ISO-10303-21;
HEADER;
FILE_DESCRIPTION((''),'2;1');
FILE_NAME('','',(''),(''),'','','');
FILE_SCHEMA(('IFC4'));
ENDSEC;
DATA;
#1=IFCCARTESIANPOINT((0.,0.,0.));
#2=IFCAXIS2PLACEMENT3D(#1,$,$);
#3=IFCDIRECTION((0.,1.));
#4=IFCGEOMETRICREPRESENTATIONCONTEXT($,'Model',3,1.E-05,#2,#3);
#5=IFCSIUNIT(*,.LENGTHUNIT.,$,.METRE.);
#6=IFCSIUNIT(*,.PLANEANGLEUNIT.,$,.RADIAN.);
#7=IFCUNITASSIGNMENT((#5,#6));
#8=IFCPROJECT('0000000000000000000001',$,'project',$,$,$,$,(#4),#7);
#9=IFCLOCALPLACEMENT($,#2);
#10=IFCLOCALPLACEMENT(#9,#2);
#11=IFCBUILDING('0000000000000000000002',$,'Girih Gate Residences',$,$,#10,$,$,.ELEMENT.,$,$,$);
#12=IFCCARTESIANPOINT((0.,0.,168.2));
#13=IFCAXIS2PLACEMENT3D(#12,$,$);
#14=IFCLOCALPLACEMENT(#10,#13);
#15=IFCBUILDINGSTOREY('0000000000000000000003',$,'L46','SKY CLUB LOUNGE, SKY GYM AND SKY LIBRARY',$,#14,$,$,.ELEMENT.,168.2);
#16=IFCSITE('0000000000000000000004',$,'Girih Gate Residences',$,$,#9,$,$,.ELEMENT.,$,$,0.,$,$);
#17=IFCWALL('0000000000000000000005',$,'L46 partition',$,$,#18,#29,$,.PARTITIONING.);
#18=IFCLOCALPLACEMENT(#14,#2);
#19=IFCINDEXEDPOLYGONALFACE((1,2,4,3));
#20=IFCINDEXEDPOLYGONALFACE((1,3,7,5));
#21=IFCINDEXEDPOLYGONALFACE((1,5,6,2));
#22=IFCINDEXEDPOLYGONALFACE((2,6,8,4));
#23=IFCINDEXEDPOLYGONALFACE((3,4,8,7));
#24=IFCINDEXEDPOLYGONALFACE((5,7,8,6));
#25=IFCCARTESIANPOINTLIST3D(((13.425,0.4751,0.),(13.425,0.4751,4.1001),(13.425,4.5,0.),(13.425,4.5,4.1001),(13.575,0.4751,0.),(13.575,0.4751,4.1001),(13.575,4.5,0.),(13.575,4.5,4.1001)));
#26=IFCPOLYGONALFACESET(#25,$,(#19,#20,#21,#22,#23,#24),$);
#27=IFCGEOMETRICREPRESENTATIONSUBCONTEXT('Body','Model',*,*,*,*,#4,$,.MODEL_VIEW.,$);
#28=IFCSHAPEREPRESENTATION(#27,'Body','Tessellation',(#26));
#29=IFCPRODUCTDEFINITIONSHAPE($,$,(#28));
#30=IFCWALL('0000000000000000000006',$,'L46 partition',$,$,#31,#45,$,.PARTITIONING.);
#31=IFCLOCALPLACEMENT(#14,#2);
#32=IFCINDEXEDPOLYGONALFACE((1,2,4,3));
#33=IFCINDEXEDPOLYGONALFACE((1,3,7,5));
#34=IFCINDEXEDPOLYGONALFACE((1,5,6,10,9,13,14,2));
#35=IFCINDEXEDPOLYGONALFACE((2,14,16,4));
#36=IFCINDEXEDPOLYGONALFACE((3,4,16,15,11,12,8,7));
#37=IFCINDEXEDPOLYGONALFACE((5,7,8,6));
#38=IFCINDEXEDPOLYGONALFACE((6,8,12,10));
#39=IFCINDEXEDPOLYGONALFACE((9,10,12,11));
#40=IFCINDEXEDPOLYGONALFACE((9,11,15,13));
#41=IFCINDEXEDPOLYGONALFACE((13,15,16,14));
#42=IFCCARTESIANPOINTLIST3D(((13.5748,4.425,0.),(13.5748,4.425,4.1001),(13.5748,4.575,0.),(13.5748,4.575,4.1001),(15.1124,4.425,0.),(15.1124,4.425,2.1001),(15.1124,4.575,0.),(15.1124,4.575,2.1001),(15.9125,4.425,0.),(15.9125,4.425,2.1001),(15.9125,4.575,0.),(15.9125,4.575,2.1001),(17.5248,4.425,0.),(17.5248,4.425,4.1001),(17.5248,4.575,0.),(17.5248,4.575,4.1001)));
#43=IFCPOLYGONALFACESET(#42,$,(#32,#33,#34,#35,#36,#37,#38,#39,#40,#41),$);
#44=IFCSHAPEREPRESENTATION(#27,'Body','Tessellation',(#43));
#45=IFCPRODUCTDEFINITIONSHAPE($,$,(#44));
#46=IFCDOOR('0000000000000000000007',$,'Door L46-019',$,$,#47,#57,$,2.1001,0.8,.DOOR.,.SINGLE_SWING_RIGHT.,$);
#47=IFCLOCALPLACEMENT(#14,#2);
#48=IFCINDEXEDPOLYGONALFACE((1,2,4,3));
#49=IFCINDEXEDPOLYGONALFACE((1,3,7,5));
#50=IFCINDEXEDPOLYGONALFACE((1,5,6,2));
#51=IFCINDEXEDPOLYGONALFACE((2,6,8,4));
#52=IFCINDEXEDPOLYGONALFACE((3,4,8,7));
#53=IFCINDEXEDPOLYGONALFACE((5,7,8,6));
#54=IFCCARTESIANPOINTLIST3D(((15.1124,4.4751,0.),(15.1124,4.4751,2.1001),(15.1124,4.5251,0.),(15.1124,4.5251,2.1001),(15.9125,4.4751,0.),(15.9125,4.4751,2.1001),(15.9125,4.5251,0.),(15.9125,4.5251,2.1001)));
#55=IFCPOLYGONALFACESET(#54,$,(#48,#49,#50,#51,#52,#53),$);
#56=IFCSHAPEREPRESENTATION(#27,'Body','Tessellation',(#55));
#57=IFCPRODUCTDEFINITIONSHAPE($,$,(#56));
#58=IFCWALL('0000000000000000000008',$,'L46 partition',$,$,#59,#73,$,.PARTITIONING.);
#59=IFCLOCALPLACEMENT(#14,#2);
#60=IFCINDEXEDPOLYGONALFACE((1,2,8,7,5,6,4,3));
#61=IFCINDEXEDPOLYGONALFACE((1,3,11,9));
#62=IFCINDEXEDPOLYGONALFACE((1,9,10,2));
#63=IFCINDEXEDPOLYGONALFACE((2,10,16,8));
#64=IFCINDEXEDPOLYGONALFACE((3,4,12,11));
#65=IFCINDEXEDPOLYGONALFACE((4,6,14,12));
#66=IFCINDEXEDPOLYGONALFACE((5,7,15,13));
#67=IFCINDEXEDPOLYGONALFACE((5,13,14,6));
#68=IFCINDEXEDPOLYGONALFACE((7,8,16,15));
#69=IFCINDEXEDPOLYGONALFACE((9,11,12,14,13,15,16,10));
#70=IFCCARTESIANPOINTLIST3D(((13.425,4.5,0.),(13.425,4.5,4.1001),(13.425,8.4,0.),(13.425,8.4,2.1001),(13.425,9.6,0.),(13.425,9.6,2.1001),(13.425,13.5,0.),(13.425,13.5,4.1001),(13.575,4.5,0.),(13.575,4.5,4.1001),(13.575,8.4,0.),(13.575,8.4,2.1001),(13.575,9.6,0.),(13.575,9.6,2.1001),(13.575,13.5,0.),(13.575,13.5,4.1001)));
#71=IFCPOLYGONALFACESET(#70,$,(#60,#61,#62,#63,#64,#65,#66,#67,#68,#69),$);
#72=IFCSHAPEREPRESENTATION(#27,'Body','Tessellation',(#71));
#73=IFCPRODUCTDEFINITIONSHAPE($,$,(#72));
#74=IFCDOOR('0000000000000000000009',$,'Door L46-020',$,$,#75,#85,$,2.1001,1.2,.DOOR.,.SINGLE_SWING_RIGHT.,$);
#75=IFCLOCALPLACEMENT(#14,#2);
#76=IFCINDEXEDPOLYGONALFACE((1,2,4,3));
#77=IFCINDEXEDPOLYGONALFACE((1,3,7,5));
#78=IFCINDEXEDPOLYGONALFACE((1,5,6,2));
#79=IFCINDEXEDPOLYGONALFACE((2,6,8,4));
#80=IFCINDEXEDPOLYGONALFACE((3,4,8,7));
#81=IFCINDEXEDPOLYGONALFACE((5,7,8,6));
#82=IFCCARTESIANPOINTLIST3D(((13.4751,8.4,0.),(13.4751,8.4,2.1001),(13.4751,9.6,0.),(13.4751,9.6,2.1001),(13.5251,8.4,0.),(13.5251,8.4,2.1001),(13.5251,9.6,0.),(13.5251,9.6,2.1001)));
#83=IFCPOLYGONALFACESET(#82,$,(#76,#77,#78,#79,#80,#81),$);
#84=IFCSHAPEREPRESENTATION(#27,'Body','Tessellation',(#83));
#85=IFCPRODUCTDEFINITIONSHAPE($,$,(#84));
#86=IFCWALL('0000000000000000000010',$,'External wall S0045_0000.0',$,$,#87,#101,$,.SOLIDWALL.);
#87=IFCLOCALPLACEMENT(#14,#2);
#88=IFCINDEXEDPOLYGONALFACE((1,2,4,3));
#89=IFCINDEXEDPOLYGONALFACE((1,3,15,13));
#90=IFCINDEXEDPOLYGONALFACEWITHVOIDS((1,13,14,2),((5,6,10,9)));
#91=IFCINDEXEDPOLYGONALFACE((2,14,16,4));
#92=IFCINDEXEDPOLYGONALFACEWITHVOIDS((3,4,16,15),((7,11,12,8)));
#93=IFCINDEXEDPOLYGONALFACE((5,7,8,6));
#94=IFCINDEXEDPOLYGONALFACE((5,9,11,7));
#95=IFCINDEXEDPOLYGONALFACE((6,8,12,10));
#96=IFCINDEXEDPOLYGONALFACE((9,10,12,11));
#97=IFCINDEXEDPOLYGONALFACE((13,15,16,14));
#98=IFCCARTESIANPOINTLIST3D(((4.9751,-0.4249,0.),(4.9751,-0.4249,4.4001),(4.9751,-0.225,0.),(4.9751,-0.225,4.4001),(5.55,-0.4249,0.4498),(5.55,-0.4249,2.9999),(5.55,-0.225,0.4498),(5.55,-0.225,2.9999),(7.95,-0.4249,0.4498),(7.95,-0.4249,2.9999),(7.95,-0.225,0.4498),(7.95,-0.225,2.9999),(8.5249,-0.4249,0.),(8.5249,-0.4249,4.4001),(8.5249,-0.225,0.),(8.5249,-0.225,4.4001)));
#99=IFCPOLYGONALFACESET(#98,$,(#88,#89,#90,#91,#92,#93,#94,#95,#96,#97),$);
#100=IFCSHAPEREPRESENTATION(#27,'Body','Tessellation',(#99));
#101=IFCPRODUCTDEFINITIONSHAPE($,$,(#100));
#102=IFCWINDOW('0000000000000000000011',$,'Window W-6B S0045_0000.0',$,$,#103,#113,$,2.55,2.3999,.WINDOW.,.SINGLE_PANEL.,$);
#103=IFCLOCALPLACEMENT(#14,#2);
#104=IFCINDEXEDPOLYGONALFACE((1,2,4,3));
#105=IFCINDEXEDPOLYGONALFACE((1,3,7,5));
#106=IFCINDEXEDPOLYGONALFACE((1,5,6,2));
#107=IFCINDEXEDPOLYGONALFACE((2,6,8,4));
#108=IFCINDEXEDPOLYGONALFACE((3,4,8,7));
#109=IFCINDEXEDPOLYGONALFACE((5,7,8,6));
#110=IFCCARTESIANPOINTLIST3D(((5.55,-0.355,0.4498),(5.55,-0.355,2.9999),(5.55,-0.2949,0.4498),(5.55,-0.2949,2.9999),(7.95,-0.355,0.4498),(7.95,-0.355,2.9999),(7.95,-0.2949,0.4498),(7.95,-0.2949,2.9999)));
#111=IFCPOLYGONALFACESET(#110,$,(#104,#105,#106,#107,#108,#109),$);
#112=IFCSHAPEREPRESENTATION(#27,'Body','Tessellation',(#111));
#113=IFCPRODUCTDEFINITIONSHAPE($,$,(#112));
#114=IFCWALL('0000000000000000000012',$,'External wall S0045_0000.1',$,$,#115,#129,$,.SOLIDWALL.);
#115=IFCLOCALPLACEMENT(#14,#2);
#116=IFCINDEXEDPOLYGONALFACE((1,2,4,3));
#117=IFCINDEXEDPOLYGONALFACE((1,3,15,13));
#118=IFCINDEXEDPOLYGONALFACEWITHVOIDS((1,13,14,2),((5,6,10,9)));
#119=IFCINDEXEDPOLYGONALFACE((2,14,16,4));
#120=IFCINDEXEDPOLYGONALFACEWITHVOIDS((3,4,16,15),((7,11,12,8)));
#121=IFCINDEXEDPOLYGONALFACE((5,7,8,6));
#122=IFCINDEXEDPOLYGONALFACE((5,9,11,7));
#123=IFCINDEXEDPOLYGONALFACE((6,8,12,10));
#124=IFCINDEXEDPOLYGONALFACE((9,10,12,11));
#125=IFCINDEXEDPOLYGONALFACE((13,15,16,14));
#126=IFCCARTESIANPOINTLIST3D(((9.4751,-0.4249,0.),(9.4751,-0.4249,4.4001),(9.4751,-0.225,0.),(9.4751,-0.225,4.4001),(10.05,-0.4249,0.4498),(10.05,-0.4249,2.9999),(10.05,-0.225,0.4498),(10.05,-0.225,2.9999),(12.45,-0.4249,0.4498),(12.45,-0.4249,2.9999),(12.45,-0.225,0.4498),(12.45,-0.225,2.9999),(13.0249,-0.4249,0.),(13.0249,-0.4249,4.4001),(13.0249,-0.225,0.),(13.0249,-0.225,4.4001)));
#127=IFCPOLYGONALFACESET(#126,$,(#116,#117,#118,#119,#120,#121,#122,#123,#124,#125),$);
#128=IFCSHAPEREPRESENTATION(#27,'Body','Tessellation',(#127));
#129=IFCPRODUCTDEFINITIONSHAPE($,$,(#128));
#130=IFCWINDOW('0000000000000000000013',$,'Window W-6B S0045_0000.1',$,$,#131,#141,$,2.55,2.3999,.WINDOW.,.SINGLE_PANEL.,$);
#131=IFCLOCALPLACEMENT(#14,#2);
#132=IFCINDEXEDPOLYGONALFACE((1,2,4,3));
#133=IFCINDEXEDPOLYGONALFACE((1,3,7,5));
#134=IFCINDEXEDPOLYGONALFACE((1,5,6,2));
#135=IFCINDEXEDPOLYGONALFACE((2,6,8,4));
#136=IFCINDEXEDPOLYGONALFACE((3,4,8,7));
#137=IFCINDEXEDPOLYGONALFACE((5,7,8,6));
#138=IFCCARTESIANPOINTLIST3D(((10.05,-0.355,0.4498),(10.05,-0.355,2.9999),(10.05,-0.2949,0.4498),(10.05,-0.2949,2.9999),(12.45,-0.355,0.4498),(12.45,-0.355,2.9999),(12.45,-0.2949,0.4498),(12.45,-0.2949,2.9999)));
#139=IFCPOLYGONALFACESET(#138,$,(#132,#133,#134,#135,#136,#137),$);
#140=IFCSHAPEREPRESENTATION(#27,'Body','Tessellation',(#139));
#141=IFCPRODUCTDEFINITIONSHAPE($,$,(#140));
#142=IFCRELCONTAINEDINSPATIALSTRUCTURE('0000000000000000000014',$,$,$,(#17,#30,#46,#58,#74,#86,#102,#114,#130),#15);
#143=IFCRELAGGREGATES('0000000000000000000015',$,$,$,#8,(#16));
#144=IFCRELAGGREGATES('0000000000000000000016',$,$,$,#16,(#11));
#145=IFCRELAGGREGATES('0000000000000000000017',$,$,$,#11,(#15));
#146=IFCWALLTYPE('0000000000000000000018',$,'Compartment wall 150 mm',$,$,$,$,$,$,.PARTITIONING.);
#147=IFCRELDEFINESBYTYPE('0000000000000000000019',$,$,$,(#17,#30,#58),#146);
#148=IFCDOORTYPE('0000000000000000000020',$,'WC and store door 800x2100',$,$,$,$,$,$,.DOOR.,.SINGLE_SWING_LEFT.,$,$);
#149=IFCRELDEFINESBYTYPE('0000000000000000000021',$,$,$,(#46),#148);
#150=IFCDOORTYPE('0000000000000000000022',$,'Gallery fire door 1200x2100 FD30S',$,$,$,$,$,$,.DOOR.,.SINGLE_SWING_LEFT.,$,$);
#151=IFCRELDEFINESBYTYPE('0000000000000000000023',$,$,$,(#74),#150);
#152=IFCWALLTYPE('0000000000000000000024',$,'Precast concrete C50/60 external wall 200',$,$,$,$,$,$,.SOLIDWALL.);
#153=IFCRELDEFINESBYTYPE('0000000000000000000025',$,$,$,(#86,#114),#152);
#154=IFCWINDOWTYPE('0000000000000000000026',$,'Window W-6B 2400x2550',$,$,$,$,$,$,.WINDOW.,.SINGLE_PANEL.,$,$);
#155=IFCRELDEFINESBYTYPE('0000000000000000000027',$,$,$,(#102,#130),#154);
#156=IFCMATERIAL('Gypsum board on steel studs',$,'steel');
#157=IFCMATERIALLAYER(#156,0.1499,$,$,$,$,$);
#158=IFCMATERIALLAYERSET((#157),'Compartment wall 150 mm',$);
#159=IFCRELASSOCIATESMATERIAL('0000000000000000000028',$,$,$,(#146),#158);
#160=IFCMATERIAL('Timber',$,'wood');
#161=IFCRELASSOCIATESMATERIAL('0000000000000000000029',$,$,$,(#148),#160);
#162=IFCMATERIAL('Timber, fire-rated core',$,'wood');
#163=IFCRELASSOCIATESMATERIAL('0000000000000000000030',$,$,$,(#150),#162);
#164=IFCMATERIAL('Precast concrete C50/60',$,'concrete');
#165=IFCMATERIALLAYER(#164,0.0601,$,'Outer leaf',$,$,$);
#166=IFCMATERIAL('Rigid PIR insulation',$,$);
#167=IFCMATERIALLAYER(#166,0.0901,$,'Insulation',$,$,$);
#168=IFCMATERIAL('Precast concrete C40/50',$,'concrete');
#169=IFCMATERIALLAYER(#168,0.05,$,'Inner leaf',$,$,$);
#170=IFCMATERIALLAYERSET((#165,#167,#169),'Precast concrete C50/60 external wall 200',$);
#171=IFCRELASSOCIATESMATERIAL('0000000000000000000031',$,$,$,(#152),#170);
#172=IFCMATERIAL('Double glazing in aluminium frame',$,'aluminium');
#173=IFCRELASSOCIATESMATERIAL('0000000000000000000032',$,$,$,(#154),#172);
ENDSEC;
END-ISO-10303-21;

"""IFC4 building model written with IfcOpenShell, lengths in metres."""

from ifc_helpers import new_model, si_unit, direction, frame, frame_2d, origin, place, context, subcontext, project, spatial, rectangle, extrude, material, layer, layer_set, type_object, element, fill, save


model = new_model("IFC4")

# Units and contexts
model_context = context("Model", 3, precision=1e-05, world=origin(), true_north=direction((0.0, 1.0)))
body_context = subcontext(model_context, "Body", "Model", "MODEL_VIEW")
ifc_project = project(units=[si_unit("LENGTHUNIT", "METRE"), si_unit("PLANEANGLEUNIT", "RADIAN")], contexts=[model_context])

# Site, building, storey
site_placement = place(None, origin())
site = spatial("IfcSite", under=ifc_project, at=site_placement, Name="Girih Gate Residences", CompositionType="ELEMENT", RefElevation=0.0)
building_placement = place(site_placement, origin())
building = spatial("IfcBuilding", under=site, at=building_placement, Name="Girih Gate Residences", CompositionType="ELEMENT")
storey_placement = place(building_placement, frame((0.0, 0.0, 168.2)))
storey = spatial("IfcBuildingStorey", under=building, at=storey_placement, Name="L46", Description="SKY CLUB LOUNGE, SKY GYM AND SKY LIBRARY", CompositionType="ELEMENT", Elevation=168.2)

# Wall
ifc_material_1 = material(Name="Gypsum board on steel studs", Category="steel")
ifc_layer_1 = layer(ifc_material_1, 0.1499)
ifc_layer_set_1 = layer_set([ifc_layer_1], Name="Compartment wall 150 mm")
wall_type_1 = type_object("IfcWallType", Name="Compartment wall 150 mm", PredefinedType="PARTITIONING", material=ifc_layer_set_1)
wall_1_placement = place(storey_placement, frame((13.5, 0.4751, 0.0), z_axis=(0.0, 0.0, 1.0), x_axis=(0.0, 1.0, 0.0)))
element("IfcWall", 1, at=wall_1_placement, inside=storey, type_object=wall_type_1, Name="L46 partition", PredefinedType="PARTITIONING", context=body_context, shape_type="SweptSolid", body=[
    extrude(rectangle(XDim=4.0249, YDim=0.1499, at=frame_2d((2.0125, 0.0))), origin(), (0.0, 0.0, 1.0), 4.1001),
])

# Walls, openings, doors
wall_2_placement = place(storey_placement, frame((17.5249, 4.5, 0.0), z_axis=(0.0, 0.0, 1.0), x_axis=(-1.0, 0.0, 0.0)))
wall_2 = element("IfcWall", 2, at=wall_2_placement, inside=storey, type_object=wall_type_1, Name="L46 partition", PredefinedType="PARTITIONING", context=body_context, shape_type="SweptSolid", body=[
    extrude(rectangle(XDim=3.95, YDim=0.1499, at=frame_2d((1.9751, 0.0))), origin(), (0.0, 0.0, 1.0), 4.1001),
])
opening_1_placement = place(wall_2_placement, frame((1.6125, 0.0, 0.0)))
opening_1 = element("IfcOpeningElement", 3, at=opening_1_placement, cuts=wall_2, PredefinedType="OPENING", context=body_context, shape_type="SweptSolid", body=[
    extrude(rectangle(XDim=0.8, YDim=2.1001, at=frame_2d((0.3999, 1.05))), frame((0.0, 0.085, 0.0), z_axis=(0.0, -1.0, 0.0), x_axis=(1.0, 0.0, 0.0)), (0.0, 0.0, 1.0), 0.1699),
])
ifc_material_2 = material(Name="Timber", Category="wood")
door_type_1 = type_object("IfcDoorType", Name="WC and store door 800x2100", OperationType="SINGLE_SWING_LEFT", PredefinedType="DOOR", material=ifc_material_2)
door_1_placement = place(opening_1_placement, origin())
door_1 = element("IfcDoor", 4, at=door_1_placement, inside=storey, type_object=door_type_1, Name="Door L46-019", OperationType="SINGLE_SWING_RIGHT", OverallHeight=2.1001, OverallWidth=0.8, PredefinedType="DOOR", context=body_context, shape_type="SweptSolid", body=[
    extrude(rectangle(XDim=0.8, YDim=2.1001, at=frame_2d((0.3999, 1.05))), frame((0.0, 0.0249, 0.0), z_axis=(0.0, -1.0, 0.0), x_axis=(1.0, 0.0, 0.0)), (0.0, 0.0, 1.0), 0.05),
])
fill(opening_1, door_1)
wall_3_placement = place(storey_placement, frame((13.5, 4.5, 0.0), z_axis=(0.0, 0.0, 1.0), x_axis=(0.0, 1.0, 0.0)))
wall_3 = element("IfcWall", 5, at=wall_3_placement, inside=storey, type_object=wall_type_1, Name="L46 partition", PredefinedType="PARTITIONING", context=body_context, shape_type="SweptSolid", body=[
    extrude(rectangle(XDim=9.0, YDim=0.1499, at=frame_2d((4.5, 0.0))), origin(), (0.0, 0.0, 1.0), 4.1001),
])
opening_2_placement = place(wall_3_placement, frame((3.8999, 0.0, 0.0)))
opening_2 = element("IfcOpeningElement", 6, at=opening_2_placement, cuts=wall_3, PredefinedType="OPENING", context=body_context, shape_type="SweptSolid", body=[
    extrude(rectangle(XDim=1.2, YDim=2.1001, at=frame_2d((0.6001, 1.05))), frame((0.0, 0.085, 0.0), z_axis=(0.0, -1.0, 0.0), x_axis=(1.0, 0.0, 0.0)), (0.0, 0.0, 1.0), 0.1699),
])
ifc_material_3 = material(Name="Timber, fire-rated core", Category="wood")
door_type_2 = type_object("IfcDoorType", Name="Gallery fire door 1200x2100 FD30S", OperationType="SINGLE_SWING_LEFT", PredefinedType="DOOR", material=ifc_material_3)
door_2_placement = place(opening_2_placement, origin())
door_2 = element("IfcDoor", 7, at=door_2_placement, inside=storey, type_object=door_type_2, Name="Door L46-020", OperationType="SINGLE_SWING_RIGHT", OverallHeight=2.1001, OverallWidth=1.2, PredefinedType="DOOR", context=body_context, shape_type="SweptSolid", body=[
    extrude(rectangle(XDim=1.2, YDim=2.1001, at=frame_2d((0.6001, 1.05))), frame((0.0, 0.0249, 0.0), z_axis=(0.0, -1.0, 0.0), x_axis=(1.0, 0.0, 0.0)), (0.0, 0.0, 1.0), 0.05),
])
fill(opening_2, door_2)

# Walls, openings, windows
ifc_material_4 = material(Name="Precast concrete C50/60", Category="concrete")
ifc_layer_2 = layer(ifc_material_4, 0.0601, Name="Outer leaf")
ifc_material_5 = material(Name="Rigid PIR insulation")
ifc_layer_3 = layer(ifc_material_5, 0.0901, Name="Insulation")
ifc_material_6 = material(Name="Precast concrete C40/50", Category="concrete")
ifc_layer_4 = layer(ifc_material_6, 0.05, Name="Inner leaf")
ifc_layer_set_2 = layer_set([ifc_layer_2, ifc_layer_3, ifc_layer_4], Name="Precast concrete C50/60 external wall 200")
wall_type_2 = type_object("IfcWallType", Name="Precast concrete C50/60 external wall 200", PredefinedType="SOLIDWALL", material=ifc_layer_set_2)
wall_4_placement = place(storey_placement, frame((8.5249, -0.325, 0.0), z_axis=(0.0, 0.0, 1.0), x_axis=(-1.0, 0.0, 0.0)))
wall_4 = element("IfcWall", 8, at=wall_4_placement, inside=storey, type_object=wall_type_2, Name="External wall S0045_0000.0", PredefinedType="SOLIDWALL", context=body_context, shape_type="SweptSolid", body=[
    extrude(rectangle(XDim=3.5498, YDim=0.2, at=frame_2d((1.7749, 0.0))), origin(), (0.0, 0.0, 1.0), 4.4001),
])
opening_3_placement = place(wall_4_placement, frame((0.575, 0.0, 0.45)))
opening_3 = element("IfcOpeningElement", 9, at=opening_3_placement, cuts=wall_4, PredefinedType="OPENING", context=body_context, shape_type="SweptSolid", body=[
    extrude(rectangle(XDim=2.3999, YDim=2.55, at=frame_2d((1.2, 1.2749))), frame((0.0, 0.1099, 0.0), z_axis=(0.0, -1.0, 0.0), x_axis=(1.0, 0.0, 0.0)), (0.0, 0.0, 1.0), 0.22),
])
ifc_material_7 = material(Name="Double glazing in aluminium frame", Category="aluminium")
window_type = type_object("IfcWindowType", Name="Window W-6B 2400x2550", PartitioningType="SINGLE_PANEL", PredefinedType="WINDOW", material=ifc_material_7)
window_1_placement = place(opening_3_placement, origin())
window_1 = element("IfcWindow", 10, at=window_1_placement, inside=storey, type_object=window_type, Name="Window W-6B S0045_0000.0", OverallHeight=2.55, OverallWidth=2.3999, PartitioningType="SINGLE_PANEL", PredefinedType="WINDOW", context=body_context, shape_type="SweptSolid", body=[
    extrude(rectangle(XDim=2.3999, YDim=2.55, at=frame_2d((1.2, 1.2749))), frame((0.0, 0.03, 0.0), z_axis=(0.0, -1.0, 0.0), x_axis=(1.0, 0.0, 0.0)), (0.0, 0.0, 1.0), 0.0601),
])
fill(opening_3, window_1)
wall_5_placement = place(storey_placement, frame((13.0249, -0.325, 0.0), z_axis=(0.0, 0.0, 1.0), x_axis=(-1.0, 0.0, 0.0)))
wall_5 = element("IfcWall", 11, at=wall_5_placement, inside=storey, type_object=wall_type_2, Name="External wall S0045_0000.1", PredefinedType="SOLIDWALL", context=body_context, shape_type="SweptSolid", body=[
    extrude(rectangle(XDim=3.5498, YDim=0.2, at=frame_2d((1.7749, 0.0))), origin(), (0.0, 0.0, 1.0), 4.4001),
])
opening_4_placement = place(wall_5_placement, frame((0.575, 0.0, 0.45)))
opening_4 = element("IfcOpeningElement", 12, at=opening_4_placement, cuts=wall_5, PredefinedType="OPENING", context=body_context, shape_type="SweptSolid", body=[
    extrude(rectangle(XDim=2.3999, YDim=2.55, at=frame_2d((1.2, 1.2749))), frame((0.0, 0.1099, 0.0), z_axis=(0.0, -1.0, 0.0), x_axis=(1.0, 0.0, 0.0)), (0.0, 0.0, 1.0), 0.22),
])
window_2_placement = place(opening_4_placement, origin())
window_2 = element("IfcWindow", 13, at=window_2_placement, inside=storey, type_object=window_type, Name="Window W-6B S0045_0000.1", OverallHeight=2.55, OverallWidth=2.3999, PartitioningType="SINGLE_PANEL", PredefinedType="WINDOW", context=body_context, shape_type="SweptSolid", body=[
    extrude(rectangle(XDim=2.3999, YDim=2.55, at=frame_2d((1.2, 1.2749))), frame((0.0, 0.03, 0.0), z_axis=(0.0, -1.0, 0.0), x_axis=(1.0, 0.0, 0.0)), (0.0, 0.0, 1.0), 0.0601),
])
fill(opening_4, window_2)

save(model, "model.ifc")
